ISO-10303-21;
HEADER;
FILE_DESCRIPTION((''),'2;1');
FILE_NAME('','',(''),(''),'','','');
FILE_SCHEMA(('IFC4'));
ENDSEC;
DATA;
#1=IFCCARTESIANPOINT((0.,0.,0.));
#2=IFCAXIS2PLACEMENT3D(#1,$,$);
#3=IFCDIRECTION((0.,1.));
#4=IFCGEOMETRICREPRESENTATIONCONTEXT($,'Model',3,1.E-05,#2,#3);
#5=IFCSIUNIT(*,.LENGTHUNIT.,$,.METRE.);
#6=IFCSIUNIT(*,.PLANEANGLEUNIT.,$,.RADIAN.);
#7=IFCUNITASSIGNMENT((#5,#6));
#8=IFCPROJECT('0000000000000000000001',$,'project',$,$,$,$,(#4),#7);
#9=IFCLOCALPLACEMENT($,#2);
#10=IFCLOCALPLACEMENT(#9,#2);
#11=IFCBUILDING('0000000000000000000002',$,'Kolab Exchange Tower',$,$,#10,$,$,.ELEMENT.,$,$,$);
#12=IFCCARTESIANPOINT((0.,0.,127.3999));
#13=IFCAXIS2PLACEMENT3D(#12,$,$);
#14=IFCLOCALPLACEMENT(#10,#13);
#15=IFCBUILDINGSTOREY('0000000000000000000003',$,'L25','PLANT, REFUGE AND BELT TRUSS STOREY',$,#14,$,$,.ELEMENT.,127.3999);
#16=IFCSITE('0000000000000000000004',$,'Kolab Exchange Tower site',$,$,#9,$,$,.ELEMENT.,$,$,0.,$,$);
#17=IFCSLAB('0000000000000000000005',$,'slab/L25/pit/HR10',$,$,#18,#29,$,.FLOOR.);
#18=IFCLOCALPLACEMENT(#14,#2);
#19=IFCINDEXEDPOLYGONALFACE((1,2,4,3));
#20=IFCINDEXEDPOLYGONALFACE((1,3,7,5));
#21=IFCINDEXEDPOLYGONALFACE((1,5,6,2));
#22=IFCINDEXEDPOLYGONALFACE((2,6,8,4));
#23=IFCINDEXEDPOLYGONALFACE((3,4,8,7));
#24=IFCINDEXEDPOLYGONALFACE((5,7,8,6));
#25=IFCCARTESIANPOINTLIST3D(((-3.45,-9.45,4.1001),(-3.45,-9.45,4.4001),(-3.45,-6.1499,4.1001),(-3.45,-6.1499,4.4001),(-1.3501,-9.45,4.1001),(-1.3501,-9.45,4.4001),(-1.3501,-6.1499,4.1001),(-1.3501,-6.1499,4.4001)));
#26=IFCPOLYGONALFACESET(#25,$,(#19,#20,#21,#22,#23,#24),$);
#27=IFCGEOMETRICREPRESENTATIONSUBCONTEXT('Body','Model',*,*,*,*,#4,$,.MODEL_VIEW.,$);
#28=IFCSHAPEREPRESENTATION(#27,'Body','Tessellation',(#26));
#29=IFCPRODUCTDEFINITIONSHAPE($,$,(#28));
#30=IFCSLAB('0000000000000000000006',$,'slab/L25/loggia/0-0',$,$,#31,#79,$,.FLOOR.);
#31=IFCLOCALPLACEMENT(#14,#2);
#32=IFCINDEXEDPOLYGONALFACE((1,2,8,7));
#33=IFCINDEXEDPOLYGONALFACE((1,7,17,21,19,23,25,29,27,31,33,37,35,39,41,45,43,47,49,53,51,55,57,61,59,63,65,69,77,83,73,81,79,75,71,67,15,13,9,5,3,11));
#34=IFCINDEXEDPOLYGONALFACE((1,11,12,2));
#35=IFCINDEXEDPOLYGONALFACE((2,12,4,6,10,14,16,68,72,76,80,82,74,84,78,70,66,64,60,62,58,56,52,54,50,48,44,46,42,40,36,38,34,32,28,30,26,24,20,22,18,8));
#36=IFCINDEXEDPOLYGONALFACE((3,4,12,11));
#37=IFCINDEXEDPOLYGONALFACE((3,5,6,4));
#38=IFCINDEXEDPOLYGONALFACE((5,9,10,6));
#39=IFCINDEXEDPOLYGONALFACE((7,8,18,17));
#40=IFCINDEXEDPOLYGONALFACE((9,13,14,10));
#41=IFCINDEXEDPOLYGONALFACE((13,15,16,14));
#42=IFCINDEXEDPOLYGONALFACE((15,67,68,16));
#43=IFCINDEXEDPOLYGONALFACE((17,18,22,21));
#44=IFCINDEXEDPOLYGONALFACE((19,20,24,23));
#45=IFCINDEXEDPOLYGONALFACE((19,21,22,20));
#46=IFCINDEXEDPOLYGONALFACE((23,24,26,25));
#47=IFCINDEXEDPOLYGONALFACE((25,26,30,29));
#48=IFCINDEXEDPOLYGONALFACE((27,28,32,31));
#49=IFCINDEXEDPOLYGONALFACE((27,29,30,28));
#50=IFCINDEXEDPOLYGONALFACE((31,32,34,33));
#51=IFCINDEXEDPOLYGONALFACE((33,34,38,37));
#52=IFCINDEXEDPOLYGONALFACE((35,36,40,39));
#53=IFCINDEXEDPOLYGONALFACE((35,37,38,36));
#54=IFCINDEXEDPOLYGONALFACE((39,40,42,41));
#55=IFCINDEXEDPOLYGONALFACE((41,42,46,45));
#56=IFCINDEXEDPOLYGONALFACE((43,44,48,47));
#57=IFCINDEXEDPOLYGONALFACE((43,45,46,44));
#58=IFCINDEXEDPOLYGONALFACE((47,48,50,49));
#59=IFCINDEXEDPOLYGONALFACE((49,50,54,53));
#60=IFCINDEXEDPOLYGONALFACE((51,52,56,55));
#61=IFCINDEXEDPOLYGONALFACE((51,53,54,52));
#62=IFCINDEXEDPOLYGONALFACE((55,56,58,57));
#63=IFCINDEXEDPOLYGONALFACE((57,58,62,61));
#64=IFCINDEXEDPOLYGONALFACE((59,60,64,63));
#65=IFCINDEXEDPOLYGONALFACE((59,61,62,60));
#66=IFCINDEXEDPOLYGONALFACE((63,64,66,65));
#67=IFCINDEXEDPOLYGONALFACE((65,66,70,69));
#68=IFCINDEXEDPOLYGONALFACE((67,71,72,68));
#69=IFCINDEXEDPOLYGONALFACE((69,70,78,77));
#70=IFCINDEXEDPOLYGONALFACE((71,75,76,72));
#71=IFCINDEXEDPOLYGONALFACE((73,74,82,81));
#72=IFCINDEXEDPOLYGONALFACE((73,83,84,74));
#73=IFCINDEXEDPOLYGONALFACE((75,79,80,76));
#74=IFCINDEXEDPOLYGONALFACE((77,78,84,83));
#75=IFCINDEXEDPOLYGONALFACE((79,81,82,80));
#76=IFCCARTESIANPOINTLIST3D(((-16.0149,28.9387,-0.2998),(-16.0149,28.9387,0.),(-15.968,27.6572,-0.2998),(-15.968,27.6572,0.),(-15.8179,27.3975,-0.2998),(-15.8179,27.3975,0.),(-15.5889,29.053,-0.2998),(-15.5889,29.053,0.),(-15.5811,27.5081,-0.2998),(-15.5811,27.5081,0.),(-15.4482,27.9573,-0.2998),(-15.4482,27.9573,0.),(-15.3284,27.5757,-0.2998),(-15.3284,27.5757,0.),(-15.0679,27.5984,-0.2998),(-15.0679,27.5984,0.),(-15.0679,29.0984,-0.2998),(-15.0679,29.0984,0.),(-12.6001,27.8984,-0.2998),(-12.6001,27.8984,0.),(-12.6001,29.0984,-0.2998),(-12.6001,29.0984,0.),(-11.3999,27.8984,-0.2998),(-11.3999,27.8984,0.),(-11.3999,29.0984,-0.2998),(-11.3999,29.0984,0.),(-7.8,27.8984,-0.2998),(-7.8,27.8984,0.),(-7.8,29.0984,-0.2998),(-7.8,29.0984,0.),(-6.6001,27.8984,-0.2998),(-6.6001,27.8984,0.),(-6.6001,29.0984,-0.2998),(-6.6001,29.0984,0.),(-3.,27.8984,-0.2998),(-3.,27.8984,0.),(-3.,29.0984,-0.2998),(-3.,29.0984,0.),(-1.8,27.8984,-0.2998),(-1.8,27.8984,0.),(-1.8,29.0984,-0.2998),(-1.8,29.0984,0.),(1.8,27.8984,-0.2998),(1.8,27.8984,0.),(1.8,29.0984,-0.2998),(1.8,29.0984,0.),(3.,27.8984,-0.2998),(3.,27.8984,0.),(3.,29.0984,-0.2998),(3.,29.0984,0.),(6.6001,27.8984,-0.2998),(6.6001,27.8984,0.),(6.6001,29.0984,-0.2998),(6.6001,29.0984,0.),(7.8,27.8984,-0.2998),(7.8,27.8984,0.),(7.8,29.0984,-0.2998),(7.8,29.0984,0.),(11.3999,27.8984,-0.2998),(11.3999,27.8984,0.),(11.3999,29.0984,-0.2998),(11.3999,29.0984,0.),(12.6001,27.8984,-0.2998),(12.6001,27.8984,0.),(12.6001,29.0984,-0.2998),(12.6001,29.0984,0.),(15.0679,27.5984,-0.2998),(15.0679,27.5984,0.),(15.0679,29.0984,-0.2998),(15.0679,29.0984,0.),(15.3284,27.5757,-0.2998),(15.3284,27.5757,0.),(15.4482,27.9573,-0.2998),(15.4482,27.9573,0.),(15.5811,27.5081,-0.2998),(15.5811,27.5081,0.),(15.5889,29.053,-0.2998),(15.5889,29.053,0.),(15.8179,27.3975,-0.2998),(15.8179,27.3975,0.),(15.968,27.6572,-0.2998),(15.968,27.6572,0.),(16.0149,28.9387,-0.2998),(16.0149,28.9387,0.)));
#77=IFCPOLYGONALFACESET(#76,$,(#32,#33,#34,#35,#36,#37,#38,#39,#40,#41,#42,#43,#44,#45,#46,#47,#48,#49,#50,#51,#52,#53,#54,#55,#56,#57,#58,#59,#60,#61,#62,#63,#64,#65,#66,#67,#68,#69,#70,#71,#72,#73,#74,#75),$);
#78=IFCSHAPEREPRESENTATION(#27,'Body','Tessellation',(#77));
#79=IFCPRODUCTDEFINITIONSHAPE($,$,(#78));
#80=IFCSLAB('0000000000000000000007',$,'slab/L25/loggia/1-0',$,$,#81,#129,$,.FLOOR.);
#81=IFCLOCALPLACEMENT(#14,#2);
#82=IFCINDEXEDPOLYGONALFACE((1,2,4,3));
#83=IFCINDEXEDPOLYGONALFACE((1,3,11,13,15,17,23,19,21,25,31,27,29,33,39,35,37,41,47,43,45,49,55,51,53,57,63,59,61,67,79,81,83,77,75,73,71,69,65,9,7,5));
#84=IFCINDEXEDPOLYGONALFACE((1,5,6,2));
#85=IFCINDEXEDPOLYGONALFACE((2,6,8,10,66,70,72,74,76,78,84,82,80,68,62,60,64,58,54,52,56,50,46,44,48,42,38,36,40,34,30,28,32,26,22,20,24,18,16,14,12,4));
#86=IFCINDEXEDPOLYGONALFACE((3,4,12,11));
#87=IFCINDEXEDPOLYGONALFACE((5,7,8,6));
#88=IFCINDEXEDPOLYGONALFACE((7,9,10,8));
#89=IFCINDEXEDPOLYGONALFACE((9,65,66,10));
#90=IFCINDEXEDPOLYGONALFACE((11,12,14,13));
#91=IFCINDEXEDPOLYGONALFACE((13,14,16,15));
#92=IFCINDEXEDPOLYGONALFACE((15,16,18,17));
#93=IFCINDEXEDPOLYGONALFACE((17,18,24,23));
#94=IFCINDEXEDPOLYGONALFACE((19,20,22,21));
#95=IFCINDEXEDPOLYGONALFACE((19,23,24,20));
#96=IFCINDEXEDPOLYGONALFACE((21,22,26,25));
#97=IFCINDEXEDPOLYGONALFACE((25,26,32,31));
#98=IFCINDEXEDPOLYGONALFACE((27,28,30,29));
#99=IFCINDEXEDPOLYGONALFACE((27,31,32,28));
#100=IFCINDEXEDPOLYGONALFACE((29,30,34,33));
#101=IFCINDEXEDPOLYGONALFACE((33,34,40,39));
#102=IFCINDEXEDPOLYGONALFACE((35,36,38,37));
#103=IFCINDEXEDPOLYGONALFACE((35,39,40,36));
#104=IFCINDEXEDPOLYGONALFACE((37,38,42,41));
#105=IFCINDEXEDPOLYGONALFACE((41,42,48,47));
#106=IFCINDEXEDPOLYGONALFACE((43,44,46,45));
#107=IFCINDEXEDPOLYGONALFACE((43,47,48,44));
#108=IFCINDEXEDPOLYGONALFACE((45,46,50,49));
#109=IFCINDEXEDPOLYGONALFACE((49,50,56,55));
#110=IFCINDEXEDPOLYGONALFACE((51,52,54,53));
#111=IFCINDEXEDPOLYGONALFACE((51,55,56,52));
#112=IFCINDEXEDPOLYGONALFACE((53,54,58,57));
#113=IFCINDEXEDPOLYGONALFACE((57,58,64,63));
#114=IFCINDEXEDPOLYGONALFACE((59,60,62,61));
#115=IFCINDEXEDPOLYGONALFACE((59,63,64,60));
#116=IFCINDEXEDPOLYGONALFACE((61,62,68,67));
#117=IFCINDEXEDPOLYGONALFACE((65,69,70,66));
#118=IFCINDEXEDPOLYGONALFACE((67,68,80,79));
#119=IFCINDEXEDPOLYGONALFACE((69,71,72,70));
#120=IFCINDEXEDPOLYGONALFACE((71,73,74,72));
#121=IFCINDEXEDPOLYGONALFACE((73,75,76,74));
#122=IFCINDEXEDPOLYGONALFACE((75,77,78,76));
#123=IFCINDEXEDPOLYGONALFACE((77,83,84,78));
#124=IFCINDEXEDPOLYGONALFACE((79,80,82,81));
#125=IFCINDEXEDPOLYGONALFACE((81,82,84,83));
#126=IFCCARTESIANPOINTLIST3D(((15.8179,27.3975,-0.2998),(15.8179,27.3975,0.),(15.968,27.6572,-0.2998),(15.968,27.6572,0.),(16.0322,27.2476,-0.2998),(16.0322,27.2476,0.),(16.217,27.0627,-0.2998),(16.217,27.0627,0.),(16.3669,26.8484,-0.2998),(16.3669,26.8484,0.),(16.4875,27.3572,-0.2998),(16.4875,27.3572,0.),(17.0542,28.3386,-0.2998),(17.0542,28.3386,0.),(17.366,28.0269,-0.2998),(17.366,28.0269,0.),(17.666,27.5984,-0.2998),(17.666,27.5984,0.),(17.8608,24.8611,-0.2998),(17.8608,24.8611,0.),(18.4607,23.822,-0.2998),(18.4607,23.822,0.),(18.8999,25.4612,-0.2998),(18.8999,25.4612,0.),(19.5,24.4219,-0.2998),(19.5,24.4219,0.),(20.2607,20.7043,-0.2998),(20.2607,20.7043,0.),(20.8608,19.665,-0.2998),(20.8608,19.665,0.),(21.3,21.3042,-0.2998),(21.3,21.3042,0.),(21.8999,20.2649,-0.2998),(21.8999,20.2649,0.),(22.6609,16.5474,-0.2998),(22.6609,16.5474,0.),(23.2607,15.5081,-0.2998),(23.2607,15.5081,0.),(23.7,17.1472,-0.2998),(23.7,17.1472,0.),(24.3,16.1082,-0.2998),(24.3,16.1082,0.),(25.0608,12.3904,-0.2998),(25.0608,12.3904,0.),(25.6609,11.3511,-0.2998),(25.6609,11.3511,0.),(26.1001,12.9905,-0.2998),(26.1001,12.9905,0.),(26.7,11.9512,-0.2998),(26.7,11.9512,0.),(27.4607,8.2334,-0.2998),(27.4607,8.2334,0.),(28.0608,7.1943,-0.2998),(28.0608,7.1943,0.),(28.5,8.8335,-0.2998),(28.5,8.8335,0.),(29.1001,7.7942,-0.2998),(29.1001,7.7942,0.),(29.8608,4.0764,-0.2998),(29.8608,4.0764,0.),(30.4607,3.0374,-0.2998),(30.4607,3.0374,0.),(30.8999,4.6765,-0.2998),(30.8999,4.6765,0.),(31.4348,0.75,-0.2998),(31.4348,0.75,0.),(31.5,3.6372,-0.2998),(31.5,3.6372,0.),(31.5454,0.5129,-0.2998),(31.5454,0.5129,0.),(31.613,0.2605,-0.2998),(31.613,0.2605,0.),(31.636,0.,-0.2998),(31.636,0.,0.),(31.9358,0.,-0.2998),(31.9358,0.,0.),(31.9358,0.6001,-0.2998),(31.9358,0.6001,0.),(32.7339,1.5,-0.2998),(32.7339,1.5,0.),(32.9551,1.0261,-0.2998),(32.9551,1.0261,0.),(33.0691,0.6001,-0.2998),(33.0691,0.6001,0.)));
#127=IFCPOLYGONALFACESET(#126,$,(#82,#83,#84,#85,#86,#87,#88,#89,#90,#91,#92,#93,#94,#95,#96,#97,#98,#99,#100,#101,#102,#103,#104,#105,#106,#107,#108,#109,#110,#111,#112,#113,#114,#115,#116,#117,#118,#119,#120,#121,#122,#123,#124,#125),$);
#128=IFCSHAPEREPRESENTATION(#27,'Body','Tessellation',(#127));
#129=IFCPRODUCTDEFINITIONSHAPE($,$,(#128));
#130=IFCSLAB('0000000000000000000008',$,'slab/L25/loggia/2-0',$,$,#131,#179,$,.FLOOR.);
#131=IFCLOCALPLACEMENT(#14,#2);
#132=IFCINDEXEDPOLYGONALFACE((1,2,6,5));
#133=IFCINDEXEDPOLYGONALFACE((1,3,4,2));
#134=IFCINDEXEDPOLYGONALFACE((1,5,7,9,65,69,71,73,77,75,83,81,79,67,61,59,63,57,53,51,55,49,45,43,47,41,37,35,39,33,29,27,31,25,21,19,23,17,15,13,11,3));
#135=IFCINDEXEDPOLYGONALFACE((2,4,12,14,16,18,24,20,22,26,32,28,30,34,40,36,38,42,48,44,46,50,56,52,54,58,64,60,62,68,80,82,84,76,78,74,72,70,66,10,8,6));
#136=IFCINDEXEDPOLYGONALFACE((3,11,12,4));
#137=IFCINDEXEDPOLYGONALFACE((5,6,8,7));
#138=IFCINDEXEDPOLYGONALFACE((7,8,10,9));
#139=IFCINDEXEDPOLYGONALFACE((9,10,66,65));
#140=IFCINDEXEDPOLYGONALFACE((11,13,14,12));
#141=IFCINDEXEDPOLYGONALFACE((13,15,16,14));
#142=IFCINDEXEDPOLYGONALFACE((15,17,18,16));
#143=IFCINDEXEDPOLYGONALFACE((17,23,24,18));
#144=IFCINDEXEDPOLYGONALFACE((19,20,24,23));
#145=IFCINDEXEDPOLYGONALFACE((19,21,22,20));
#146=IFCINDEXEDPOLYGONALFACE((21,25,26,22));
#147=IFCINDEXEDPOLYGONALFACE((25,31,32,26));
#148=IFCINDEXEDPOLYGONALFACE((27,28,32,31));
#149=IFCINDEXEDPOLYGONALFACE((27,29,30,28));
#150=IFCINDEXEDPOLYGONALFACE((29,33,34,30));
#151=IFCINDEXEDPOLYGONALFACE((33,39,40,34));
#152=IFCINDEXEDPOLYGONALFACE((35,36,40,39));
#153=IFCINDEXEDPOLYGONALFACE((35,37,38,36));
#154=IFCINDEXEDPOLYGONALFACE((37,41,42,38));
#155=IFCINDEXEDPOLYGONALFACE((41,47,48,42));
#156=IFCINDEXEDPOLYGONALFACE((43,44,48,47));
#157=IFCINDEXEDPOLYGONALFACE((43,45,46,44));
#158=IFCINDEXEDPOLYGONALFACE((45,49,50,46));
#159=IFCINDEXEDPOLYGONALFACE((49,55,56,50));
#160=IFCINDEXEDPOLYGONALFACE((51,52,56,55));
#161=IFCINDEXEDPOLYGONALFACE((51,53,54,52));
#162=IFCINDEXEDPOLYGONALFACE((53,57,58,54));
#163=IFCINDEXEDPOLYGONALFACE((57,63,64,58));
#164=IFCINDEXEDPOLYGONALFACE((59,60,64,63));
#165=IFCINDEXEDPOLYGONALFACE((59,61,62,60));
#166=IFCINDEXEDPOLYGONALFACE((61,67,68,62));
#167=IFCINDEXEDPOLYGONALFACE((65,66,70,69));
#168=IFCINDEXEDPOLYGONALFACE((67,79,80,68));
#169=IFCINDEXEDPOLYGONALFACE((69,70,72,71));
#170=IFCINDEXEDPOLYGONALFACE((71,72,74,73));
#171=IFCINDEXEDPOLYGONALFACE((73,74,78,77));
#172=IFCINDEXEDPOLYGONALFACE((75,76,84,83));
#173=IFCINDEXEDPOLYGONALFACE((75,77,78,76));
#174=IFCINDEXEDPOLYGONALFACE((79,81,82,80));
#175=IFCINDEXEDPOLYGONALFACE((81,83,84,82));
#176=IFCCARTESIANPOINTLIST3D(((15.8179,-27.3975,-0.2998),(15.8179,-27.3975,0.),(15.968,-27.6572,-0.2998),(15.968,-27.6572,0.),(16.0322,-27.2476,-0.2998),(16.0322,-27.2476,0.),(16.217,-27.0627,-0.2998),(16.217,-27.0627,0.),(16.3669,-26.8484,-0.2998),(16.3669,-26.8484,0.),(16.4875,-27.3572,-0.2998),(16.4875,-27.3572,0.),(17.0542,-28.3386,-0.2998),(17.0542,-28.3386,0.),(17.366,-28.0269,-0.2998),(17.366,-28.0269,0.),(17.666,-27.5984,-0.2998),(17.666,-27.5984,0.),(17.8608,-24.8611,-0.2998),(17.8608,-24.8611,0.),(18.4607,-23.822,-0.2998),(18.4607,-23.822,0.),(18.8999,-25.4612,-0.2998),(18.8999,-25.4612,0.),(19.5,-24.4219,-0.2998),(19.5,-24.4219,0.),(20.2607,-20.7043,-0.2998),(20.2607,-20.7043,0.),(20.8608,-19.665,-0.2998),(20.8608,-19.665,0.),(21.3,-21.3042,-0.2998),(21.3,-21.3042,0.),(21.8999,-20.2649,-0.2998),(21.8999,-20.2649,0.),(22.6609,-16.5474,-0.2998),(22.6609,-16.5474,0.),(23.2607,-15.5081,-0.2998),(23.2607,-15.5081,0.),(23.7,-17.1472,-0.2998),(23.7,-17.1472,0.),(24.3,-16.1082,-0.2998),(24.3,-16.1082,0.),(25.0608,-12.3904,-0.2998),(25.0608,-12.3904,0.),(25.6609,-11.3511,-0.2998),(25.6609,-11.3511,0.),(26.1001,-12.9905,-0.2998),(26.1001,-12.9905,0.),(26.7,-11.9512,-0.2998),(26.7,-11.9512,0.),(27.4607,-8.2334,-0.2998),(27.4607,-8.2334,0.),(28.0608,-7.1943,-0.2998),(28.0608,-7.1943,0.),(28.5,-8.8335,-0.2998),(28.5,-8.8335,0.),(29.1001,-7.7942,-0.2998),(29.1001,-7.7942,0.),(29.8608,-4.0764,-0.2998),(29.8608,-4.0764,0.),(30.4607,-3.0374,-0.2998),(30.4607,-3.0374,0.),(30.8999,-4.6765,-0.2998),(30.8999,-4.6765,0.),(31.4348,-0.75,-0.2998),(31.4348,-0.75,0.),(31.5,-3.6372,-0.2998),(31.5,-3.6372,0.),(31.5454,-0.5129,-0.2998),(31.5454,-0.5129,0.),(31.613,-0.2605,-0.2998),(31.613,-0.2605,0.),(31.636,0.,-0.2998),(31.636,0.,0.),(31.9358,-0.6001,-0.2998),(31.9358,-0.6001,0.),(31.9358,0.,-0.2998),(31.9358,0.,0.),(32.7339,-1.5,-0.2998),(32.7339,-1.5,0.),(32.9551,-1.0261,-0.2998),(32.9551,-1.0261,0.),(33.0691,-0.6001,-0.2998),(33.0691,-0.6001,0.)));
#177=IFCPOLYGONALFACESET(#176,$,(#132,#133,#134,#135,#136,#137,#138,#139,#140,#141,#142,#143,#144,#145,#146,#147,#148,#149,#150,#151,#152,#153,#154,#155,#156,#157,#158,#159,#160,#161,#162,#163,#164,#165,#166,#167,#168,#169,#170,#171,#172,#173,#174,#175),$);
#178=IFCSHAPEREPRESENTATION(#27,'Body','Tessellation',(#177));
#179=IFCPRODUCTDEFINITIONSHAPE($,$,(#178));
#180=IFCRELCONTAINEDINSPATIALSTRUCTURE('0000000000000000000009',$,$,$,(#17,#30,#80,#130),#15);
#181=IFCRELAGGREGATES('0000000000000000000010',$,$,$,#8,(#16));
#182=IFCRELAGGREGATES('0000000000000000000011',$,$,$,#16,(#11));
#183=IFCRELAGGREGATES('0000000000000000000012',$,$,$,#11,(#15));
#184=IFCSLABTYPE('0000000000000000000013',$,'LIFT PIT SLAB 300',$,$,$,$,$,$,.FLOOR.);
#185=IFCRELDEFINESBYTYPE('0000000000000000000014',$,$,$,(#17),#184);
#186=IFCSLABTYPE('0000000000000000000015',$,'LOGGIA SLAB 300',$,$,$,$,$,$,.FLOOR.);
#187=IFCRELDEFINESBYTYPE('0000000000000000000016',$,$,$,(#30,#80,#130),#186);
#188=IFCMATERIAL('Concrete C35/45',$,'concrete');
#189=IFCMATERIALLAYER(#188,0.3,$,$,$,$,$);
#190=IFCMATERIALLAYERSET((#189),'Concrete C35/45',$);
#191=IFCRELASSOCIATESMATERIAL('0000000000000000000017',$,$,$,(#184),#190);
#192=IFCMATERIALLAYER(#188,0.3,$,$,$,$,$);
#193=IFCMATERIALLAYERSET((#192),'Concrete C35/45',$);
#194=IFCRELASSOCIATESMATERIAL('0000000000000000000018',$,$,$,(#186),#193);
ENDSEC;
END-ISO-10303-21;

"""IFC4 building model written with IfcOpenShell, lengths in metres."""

from ifc_helpers import new_model, si_unit, direction, frame, origin, place, context, subcontext, project, spatial, polyline, outline, extrude, material, layer, layer_set, type_object, element, save


model = new_model("IFC4")

# Units and contexts
model_context = context("Model", 3, precision=1e-05, world=origin(), true_north=direction((0.0, 1.0)))
body_context = subcontext(model_context, "Body", "Model", "MODEL_VIEW")
ifc_project = project(units=[si_unit("LENGTHUNIT", "METRE"), si_unit("PLANEANGLEUNIT", "RADIAN")], contexts=[model_context])

# Site, building, storey
site_placement = place(None, origin())
site = spatial("IfcSite", under=ifc_project, at=site_placement, Name="Kolab Exchange Tower site", CompositionType="ELEMENT", RefElevation=0.0)
building_placement = place(site_placement, origin())
building = spatial("IfcBuilding", under=site, at=building_placement, Name="Kolab Exchange Tower", CompositionType="ELEMENT")
storey_placement = place(building_placement, frame((0.0, 0.0, 127.3999)))
storey = spatial("IfcBuildingStorey", under=building, at=storey_placement, Name="L25", Description="PLANT, REFUGE AND BELT TRUSS STOREY", CompositionType="ELEMENT", Elevation=127.3999)

# Slabs
ifc_material_1 = material(Name="Concrete C35/45", Category="concrete")
ifc_layer_1 = layer(ifc_material_1, 0.3)
ifc_layer_set_1 = layer_set([ifc_layer_1], Name="Concrete C35/45")
slab_type_1 = type_object("IfcSlabType", Name="LIFT PIT SLAB 300", PredefinedType="FLOOR", material=ifc_layer_set_1)
slab_1_placement = place(storey_placement, frame((0.0, 0.0, 4.1001)))
element("IfcSlab", 1, at=slab_1_placement, inside=storey, type_object=slab_type_1, Name="slab/L25/pit/HR10", PredefinedType="FLOOR", context=body_context, shape_type="SweptSolid", body=[
    extrude(outline(polyline([(-3.45, -9.45), (-1.3501, -9.45), (-1.3501, -6.1499), (-3.45, -6.1499), (-3.45, -9.45)])), origin(), (0.0, 0.0, 1.0), 0.3),
])
ifc_layer_2 = layer(ifc_material_1, 0.3)
ifc_layer_set_2 = layer_set([ifc_layer_2], Name="Concrete C35/45")
slab_type_2 = type_object("IfcSlabType", Name="LOGGIA SLAB 300", PredefinedType="FLOOR", material=ifc_layer_set_2)
slab_2_placement = place(storey_placement, frame((0.0, 0.0, -0.2998)))
element("IfcSlab", 2, at=slab_2_placement, inside=storey, type_object=slab_type_2, Name="slab/L25/loggia/0-0", PredefinedType="FLOOR", context=body_context, shape_type="SweptSolid", body=[
    extrude(outline(polyline([(15.8179, 27.3975), (15.968, 27.6572), (15.4482, 27.9573), (16.0149, 28.9387), (15.5889, 29.053), (15.0679, 29.0984), (12.6001, 29.0984), (12.6001, 27.8984), (11.3999, 27.8984), (11.3999, 29.0984), (7.8, 29.0984), (7.8, 27.8984), (6.6001, 27.8984), (6.6001, 29.0984), (3.0, 29.0984), (3.0, 27.8984), (1.8, 27.8984), (1.8, 29.0984), (-1.8, 29.0984), (-1.8, 27.8984), (-3.0, 27.8984), (-3.0, 29.0984), (-6.6001, 29.0984), (-6.6001, 27.8984), (-7.8, 27.8984), (-7.8, 29.0984), (-11.3999, 29.0984), (-11.3999, 27.8984), (-12.6001, 27.8984), (-12.6001, 29.0984), (-15.0679, 29.0984), (-15.5889, 29.053), (-16.0149, 28.9387), (-15.4482, 27.9573), (-15.968, 27.6572), (-15.8179, 27.3975), (-15.5811, 27.5081), (-15.3284, 27.5757), (-15.0679, 27.5984), (15.0679, 27.5984), (15.3284, 27.5757), (15.5811, 27.5081), (15.8179, 27.3975)])), origin(), (0.0, 0.0, 1.0), 0.2998),
])
slab_3_placement = place(storey_placement, frame((0.0, 0.0, -0.2998)))
element("IfcSlab", 3, at=slab_3_placement, inside=storey, type_object=slab_type_2, Name="slab/L25/loggia/1-0", PredefinedType="FLOOR", context=body_context, shape_type="SweptSolid", body=[
    extrude(outline(polyline([(31.636, 0.0), (31.9358, 0.0), (31.9358, 0.6001), (33.0691, 0.6001), (32.9551, 1.0261), (32.7339, 1.5), (31.5, 3.6372), (30.4607, 3.0374), (29.8608, 4.0764), (30.8999, 4.6765), (29.1001, 7.7942), (28.0608, 7.1943), (27.4607, 8.2334), (28.5, 8.8335), (26.7, 11.9512), (25.6609, 11.3511), (25.0608, 12.3904), (26.1001, 12.9905), (24.3, 16.1082), (23.2607, 15.5081), (22.6609, 16.5474), (23.7, 17.1472), (21.8999, 20.2649), (20.8608, 19.665), (20.2607, 20.7043), (21.3, 21.3042), (19.5, 24.4219), (18.4607, 23.822), (17.8608, 24.8611), (18.8999, 25.4612), (17.666, 27.5984), (17.366, 28.0269), (17.0542, 28.3386), (16.4875, 27.3572), (15.968, 27.6572), (15.8179, 27.3975), (16.0322, 27.2476), (16.217, 27.0627), (16.3669, 26.8484), (31.4348, 0.75), (31.5454, 0.5129), (31.613, 0.2605), (31.636, 0.0)])), origin(), (0.0, 0.0, 1.0), 0.2998),
])
slab_4_placement = place(storey_placement, frame((0.0, 0.0, -0.2998)))
element("IfcSlab", 4, at=slab_4_placement, inside=storey, type_object=slab_type_2, Name="slab/L25/loggia/2-0", PredefinedType="FLOOR", context=body_context, shape_type="SweptSolid", body=[
    extrude(outline(polyline([(17.666, -27.5984), (18.8999, -25.4612), (17.8608, -24.8611), (18.4607, -23.822), (19.5, -24.4219), (21.3, -21.3042), (20.2607, -20.7043), (20.8608, -19.665), (21.8999, -20.2649), (23.7, -17.1472), (22.6609, -16.5474), (23.2607, -15.5081), (24.3, -16.1082), (26.1001, -12.9905), (25.0608, -12.3904), (25.6609, -11.3511), (26.7, -11.9512), (28.5, -8.8335), (27.4607, -8.2334), (28.0608, -7.1943), (29.1001, -7.7942), (30.8999, -4.6765), (29.8608, -4.0764), (30.4607, -3.0374), (31.5, -3.6372), (32.7339, -1.5), (32.9551, -1.0261), (33.0691, -0.6001), (31.9358, -0.6001), (31.9358, 0.0), (31.636, 0.0), (31.613, -0.2605), (31.5454, -0.5129), (31.4348, -0.75), (16.3669, -26.8484), (16.217, -27.0627), (16.0322, -27.2476), (15.8179, -27.3975), (15.968, -27.6572), (16.4875, -27.3572), (17.0542, -28.3386), (17.366, -28.0269), (17.666, -27.5984)])), origin(), (0.0, 0.0, 1.0), 0.2998),
])

save(model, "model.ifc")
